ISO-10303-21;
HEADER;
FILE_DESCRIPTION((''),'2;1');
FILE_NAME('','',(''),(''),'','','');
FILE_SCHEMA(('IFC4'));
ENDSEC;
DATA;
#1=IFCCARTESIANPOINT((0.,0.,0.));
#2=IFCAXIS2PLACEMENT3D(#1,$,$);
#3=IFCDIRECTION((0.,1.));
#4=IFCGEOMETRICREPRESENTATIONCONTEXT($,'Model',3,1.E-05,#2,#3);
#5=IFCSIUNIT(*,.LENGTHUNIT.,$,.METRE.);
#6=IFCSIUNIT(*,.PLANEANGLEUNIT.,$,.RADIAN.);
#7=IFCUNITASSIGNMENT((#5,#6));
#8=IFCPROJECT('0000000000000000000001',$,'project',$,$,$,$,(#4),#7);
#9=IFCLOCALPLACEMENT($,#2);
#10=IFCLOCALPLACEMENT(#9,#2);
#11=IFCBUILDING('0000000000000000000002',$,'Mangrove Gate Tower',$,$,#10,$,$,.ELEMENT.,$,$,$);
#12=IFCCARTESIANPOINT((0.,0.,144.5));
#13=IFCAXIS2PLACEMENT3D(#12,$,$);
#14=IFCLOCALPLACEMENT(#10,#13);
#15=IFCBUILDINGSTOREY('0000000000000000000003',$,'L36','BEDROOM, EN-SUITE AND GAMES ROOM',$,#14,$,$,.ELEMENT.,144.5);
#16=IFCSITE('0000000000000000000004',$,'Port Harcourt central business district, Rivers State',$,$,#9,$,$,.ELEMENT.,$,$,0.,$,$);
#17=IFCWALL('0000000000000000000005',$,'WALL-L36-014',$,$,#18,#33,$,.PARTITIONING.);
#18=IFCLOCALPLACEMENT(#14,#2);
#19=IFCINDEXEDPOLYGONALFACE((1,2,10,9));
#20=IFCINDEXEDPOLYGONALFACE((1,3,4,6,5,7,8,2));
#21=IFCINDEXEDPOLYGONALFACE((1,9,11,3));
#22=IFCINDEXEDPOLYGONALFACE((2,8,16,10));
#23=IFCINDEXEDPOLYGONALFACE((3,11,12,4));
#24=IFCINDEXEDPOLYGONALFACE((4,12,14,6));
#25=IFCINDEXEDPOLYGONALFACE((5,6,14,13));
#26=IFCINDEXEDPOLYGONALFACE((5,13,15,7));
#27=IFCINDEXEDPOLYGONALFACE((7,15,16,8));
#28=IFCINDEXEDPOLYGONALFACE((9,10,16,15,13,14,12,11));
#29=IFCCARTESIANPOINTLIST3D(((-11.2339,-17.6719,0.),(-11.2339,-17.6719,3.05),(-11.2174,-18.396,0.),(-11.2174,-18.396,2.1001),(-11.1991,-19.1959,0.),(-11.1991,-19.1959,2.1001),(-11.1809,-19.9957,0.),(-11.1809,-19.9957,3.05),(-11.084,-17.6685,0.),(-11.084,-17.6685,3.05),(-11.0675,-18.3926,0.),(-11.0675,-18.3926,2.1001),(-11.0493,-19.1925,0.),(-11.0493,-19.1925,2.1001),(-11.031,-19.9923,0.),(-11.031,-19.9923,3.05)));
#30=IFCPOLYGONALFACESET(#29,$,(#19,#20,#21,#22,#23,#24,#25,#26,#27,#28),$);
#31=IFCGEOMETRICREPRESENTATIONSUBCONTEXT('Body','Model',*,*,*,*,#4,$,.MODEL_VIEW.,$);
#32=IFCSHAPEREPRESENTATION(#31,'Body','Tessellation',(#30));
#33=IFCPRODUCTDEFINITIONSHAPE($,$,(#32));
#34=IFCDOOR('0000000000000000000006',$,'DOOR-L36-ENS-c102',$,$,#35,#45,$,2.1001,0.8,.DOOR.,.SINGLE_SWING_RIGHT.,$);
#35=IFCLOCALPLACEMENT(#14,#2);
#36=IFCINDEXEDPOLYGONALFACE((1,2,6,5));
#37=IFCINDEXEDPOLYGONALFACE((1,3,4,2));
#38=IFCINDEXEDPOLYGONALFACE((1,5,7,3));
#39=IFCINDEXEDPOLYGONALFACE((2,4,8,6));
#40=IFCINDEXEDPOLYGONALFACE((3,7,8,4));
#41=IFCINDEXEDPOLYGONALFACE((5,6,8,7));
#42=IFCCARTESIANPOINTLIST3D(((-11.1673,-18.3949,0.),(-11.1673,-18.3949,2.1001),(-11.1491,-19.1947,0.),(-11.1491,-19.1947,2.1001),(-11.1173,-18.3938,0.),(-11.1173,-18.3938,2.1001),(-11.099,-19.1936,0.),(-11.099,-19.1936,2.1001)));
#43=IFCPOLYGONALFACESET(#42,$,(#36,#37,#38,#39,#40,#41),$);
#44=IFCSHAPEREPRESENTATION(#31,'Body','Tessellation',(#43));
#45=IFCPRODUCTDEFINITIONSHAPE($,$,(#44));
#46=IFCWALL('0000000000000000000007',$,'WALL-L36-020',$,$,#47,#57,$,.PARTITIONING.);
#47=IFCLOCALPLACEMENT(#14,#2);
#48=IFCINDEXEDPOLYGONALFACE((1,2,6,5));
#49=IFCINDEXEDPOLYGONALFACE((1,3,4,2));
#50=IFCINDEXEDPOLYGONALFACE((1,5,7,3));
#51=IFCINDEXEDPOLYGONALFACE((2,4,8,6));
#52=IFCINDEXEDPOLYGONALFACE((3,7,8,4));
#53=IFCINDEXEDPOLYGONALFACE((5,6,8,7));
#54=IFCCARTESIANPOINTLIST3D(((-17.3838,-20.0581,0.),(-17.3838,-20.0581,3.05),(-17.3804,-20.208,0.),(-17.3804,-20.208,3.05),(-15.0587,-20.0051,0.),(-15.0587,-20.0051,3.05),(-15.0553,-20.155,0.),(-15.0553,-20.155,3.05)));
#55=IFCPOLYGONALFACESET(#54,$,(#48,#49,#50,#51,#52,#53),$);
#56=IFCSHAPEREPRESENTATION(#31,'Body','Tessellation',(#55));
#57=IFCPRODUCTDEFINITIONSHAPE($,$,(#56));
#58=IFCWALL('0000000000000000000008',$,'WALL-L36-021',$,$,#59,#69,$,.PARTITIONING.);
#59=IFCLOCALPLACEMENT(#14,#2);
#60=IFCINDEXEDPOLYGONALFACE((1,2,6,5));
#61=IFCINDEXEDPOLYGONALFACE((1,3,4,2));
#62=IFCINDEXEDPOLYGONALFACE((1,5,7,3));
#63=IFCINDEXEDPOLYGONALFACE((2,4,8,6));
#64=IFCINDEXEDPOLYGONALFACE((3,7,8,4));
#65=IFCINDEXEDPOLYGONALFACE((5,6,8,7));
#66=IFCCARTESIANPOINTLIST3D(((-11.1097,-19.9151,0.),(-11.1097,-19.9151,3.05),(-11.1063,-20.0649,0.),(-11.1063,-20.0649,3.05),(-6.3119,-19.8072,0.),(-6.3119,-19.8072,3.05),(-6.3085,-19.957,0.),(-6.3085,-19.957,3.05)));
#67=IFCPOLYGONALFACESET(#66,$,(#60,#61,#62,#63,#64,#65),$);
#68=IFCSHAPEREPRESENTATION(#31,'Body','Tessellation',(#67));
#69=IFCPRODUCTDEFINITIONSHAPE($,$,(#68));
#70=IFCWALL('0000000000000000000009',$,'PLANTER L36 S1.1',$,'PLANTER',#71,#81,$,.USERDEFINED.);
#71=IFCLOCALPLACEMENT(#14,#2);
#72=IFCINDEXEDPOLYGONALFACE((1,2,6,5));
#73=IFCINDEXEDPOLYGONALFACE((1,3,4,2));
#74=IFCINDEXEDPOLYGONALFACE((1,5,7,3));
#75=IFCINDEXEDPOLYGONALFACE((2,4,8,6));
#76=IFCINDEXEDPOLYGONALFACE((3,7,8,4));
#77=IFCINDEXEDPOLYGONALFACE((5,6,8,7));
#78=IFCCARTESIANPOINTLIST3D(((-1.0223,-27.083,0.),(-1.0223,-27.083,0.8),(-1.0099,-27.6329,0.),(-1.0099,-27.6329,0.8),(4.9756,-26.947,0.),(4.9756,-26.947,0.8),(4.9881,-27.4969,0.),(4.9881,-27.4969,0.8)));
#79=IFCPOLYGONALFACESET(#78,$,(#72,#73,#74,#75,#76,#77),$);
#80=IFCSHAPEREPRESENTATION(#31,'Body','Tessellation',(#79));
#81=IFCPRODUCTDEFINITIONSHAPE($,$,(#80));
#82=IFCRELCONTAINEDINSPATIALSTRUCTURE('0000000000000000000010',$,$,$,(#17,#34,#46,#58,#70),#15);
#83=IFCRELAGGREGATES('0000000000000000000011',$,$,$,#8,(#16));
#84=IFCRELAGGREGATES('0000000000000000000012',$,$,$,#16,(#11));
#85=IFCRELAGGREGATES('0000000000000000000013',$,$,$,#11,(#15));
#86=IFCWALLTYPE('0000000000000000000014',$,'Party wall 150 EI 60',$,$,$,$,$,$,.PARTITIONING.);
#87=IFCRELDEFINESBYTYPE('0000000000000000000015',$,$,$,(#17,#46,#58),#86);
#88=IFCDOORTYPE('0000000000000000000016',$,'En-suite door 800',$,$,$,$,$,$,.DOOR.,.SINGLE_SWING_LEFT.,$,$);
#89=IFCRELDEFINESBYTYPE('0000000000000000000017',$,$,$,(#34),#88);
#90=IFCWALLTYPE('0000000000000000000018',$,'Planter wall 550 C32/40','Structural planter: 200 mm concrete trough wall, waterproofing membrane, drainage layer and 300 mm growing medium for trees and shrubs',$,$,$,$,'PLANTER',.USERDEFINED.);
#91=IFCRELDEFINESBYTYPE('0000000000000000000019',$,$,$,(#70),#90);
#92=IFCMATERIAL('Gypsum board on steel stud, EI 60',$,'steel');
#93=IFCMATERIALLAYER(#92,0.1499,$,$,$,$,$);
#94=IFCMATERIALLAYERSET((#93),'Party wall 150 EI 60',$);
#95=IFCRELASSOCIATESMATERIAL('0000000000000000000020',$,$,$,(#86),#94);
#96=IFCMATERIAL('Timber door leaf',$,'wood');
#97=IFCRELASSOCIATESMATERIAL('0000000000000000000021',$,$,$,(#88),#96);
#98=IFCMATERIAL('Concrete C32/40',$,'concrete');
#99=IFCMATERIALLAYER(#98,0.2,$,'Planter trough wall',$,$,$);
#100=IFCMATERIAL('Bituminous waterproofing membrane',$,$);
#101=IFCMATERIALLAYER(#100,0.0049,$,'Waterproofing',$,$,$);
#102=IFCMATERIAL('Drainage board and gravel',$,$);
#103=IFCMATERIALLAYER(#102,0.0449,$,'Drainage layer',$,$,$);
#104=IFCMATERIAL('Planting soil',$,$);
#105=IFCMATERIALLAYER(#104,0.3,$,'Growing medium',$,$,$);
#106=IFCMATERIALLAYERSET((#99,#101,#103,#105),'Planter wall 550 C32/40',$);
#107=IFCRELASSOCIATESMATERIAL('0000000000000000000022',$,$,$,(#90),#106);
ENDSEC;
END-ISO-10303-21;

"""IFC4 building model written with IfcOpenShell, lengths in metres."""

from ifc_helpers import new_model, si_unit, direction, frame, frame_2d, origin, place, context, subcontext, project, spatial, rectangle, extrude, material, layer, layer_set, type_object, element, fill, save


model = new_model("IFC4")

# Units and contexts
model_context = context("Model", 3, precision=1e-05, world=origin(), true_north=direction((0.0, 1.0)))
body_context = subcontext(model_context, "Body", "Model", "MODEL_VIEW")
ifc_project = project(units=[si_unit("LENGTHUNIT", "METRE"), si_unit("PLANEANGLEUNIT", "RADIAN")], contexts=[model_context])

# Site, building, storey
site_placement = place(None, origin())
site = spatial("IfcSite", under=ifc_project, at=site_placement, Name="Port Harcourt central business district, Rivers State", CompositionType="ELEMENT", RefElevation=0.0)
building_placement = place(site_placement, origin())
building = spatial("IfcBuilding", under=site, at=building_placement, Name="Mangrove Gate Tower", CompositionType="ELEMENT")
storey_placement = place(building_placement, frame((0.0, 0.0, 144.5)))
storey = spatial("IfcBuildingStorey", under=building, at=storey_placement, Name="L36", Description="BEDROOM, EN-SUITE AND GAMES ROOM", CompositionType="ELEMENT", Elevation=144.5)

# Shared definitions
ifc_material_1 = material(Name="Gypsum board on steel stud, EI 60", Category="steel")
ifc_layer_1 = layer(ifc_material_1, 0.1499)
ifc_layer_set_1 = layer_set([ifc_layer_1], Name="Party wall 150 EI 60")
wall_type_1 = type_object("IfcWallType", Name="Party wall 150 EI 60", PredefinedType="PARTITIONING", material=ifc_layer_set_1)

# Wall, opening, door
ifc_material_2 = material(Name="Timber door leaf", Category="wood")
door_type = type_object("IfcDoorType", Name="En-suite door 800", OperationType="SINGLE_SWING_LEFT", PredefinedType="DOOR", material=ifc_material_2)
wall_1_placement = place(storey_placement, frame((-11.106, -19.9939, 0.0), z_axis=(0.0, 0.0, 1.0), x_axis=(-0.022791, 0.99974, 0.0)))
wall_1 = element("IfcWall", 1, at=wall_1_placement, inside=storey, type_object=wall_type_1, Name="WALL-L36-014", PredefinedType="PARTITIONING", context=body_context, shape_type="SweptSolid", body=[
    extrude(rectangle(XDim=2.3245, YDim=0.1499, at=frame_2d((1.1621, 0.0))), origin(), (0.0, 0.0, 1.0), 3.05),
])
opening_1_placement = place(wall_1_placement, frame((0.8, 0.0, 0.0)))
opening_1 = element("IfcOpeningElement", 2, at=opening_1_placement, cuts=wall_1, PredefinedType="OPENING", context=body_context, shape_type="SweptSolid", body=[
    extrude(rectangle(XDim=0.8, YDim=2.1001, at=frame_2d((0.3999, 1.05))), frame((0.0, 0.085, 0.0), z_axis=(0.0, -1.0, 0.0), x_axis=(1.0, 0.0, 0.0)), (0.0, 0.0, 1.0), 0.1699),
])
door_1_placement = place(opening_1_placement, origin())
door_1 = element("IfcDoor", 3, at=door_1_placement, inside=storey, type_object=door_type, Name="DOOR-L36-ENS-c102", OperationType="SINGLE_SWING_RIGHT", OverallHeight=2.1001, OverallWidth=0.8, PredefinedType="DOOR", context=body_context, shape_type="SweptSolid", body=[
    extrude(rectangle(XDim=0.8, YDim=2.1001, at=frame_2d((0.3999, 1.05))), frame((0.0, 0.0249, 0.0), z_axis=(0.0, -1.0, 0.0), x_axis=(1.0, 0.0, 0.0)), (0.0, 0.0, 1.0), 0.05),
])
fill(opening_1, door_1)

# Walls
wall_2_placement = place(storey_placement, frame((-17.3821, -20.1331, 0.0), z_axis=(0.0, 0.0, 1.0), x_axis=(0.999741, 0.022779, 0.0)))
element("IfcWall", 4, at=wall_2_placement, inside=storey, type_object=wall_type_1, Name="WALL-L36-020", PredefinedType="PARTITIONING", context=body_context, shape_type="SweptSolid", body=[
    extrude(rectangle(XDim=2.3257, YDim=0.1499, at=frame_2d((1.1628, 0.0))), origin(), (0.0, 0.0, 1.0), 3.05),
])
wall_3_placement = place(storey_placement, frame((-11.1079, -19.99, 0.0), z_axis=(0.0, 0.0, 1.0), x_axis=(0.999747, 0.022486, 0.0)))
element("IfcWall", 5, at=wall_3_placement, inside=storey, type_object=wall_type_1, Name="WALL-L36-021", PredefinedType="PARTITIONING", context=body_context, shape_type="SweptSolid", body=[
    extrude(rectangle(XDim=4.7991, YDim=0.1499, at=frame_2d((2.3994, 0.0))), origin(), (0.0, 0.0, 1.0), 3.05),
])
ifc_material_3 = material(Name="Concrete C32/40", Category="concrete")
ifc_layer_2 = layer(ifc_material_3, 0.2, Name="Planter trough wall")
ifc_material_4 = material(Name="Bituminous waterproofing membrane")
ifc_layer_3 = layer(ifc_material_4, 0.0049, Name="Waterproofing")
ifc_material_5 = material(Name="Drainage board and gravel")
ifc_layer_4 = layer(ifc_material_5, 0.0449, Name="Drainage layer")
ifc_material_6 = material(Name="Planting soil")
ifc_layer_5 = layer(ifc_material_6, 0.3, Name="Growing medium")
ifc_layer_set_2 = layer_set([ifc_layer_2, ifc_layer_3, ifc_layer_4, ifc_layer_5], Name="Planter wall 550 C32/40")
wall_type_2 = type_object("IfcWallType", Name="Planter wall 550 C32/40", Description="Structural planter: 200 mm concrete trough wall, waterproofing membrane, drainage layer and 300 mm growing medium for trees and shrubs", ElementType="PLANTER", PredefinedType="USERDEFINED", material=ifc_layer_set_2)
wall_4_placement = place(storey_placement, frame((-1.0161, -27.3579, 0.0), z_axis=(0.0, 0.0, 1.0), x_axis=(0.999743, 0.022666, 0.0)))
element("IfcWall", 6, at=wall_4_placement, inside=storey, type_object=wall_type_2, Name="PLANTER L36 S1.1", ObjectType="PLANTER", PredefinedType="USERDEFINED", context=body_context, shape_type="SweptSolid", body=[
    extrude(rectangle(XDim=5.9995, YDim=0.55, at=frame_2d((2.9998, 0.0))), origin(), (0.0, 0.0, 1.0), 0.8),
])

save(model, "model.ifc")
